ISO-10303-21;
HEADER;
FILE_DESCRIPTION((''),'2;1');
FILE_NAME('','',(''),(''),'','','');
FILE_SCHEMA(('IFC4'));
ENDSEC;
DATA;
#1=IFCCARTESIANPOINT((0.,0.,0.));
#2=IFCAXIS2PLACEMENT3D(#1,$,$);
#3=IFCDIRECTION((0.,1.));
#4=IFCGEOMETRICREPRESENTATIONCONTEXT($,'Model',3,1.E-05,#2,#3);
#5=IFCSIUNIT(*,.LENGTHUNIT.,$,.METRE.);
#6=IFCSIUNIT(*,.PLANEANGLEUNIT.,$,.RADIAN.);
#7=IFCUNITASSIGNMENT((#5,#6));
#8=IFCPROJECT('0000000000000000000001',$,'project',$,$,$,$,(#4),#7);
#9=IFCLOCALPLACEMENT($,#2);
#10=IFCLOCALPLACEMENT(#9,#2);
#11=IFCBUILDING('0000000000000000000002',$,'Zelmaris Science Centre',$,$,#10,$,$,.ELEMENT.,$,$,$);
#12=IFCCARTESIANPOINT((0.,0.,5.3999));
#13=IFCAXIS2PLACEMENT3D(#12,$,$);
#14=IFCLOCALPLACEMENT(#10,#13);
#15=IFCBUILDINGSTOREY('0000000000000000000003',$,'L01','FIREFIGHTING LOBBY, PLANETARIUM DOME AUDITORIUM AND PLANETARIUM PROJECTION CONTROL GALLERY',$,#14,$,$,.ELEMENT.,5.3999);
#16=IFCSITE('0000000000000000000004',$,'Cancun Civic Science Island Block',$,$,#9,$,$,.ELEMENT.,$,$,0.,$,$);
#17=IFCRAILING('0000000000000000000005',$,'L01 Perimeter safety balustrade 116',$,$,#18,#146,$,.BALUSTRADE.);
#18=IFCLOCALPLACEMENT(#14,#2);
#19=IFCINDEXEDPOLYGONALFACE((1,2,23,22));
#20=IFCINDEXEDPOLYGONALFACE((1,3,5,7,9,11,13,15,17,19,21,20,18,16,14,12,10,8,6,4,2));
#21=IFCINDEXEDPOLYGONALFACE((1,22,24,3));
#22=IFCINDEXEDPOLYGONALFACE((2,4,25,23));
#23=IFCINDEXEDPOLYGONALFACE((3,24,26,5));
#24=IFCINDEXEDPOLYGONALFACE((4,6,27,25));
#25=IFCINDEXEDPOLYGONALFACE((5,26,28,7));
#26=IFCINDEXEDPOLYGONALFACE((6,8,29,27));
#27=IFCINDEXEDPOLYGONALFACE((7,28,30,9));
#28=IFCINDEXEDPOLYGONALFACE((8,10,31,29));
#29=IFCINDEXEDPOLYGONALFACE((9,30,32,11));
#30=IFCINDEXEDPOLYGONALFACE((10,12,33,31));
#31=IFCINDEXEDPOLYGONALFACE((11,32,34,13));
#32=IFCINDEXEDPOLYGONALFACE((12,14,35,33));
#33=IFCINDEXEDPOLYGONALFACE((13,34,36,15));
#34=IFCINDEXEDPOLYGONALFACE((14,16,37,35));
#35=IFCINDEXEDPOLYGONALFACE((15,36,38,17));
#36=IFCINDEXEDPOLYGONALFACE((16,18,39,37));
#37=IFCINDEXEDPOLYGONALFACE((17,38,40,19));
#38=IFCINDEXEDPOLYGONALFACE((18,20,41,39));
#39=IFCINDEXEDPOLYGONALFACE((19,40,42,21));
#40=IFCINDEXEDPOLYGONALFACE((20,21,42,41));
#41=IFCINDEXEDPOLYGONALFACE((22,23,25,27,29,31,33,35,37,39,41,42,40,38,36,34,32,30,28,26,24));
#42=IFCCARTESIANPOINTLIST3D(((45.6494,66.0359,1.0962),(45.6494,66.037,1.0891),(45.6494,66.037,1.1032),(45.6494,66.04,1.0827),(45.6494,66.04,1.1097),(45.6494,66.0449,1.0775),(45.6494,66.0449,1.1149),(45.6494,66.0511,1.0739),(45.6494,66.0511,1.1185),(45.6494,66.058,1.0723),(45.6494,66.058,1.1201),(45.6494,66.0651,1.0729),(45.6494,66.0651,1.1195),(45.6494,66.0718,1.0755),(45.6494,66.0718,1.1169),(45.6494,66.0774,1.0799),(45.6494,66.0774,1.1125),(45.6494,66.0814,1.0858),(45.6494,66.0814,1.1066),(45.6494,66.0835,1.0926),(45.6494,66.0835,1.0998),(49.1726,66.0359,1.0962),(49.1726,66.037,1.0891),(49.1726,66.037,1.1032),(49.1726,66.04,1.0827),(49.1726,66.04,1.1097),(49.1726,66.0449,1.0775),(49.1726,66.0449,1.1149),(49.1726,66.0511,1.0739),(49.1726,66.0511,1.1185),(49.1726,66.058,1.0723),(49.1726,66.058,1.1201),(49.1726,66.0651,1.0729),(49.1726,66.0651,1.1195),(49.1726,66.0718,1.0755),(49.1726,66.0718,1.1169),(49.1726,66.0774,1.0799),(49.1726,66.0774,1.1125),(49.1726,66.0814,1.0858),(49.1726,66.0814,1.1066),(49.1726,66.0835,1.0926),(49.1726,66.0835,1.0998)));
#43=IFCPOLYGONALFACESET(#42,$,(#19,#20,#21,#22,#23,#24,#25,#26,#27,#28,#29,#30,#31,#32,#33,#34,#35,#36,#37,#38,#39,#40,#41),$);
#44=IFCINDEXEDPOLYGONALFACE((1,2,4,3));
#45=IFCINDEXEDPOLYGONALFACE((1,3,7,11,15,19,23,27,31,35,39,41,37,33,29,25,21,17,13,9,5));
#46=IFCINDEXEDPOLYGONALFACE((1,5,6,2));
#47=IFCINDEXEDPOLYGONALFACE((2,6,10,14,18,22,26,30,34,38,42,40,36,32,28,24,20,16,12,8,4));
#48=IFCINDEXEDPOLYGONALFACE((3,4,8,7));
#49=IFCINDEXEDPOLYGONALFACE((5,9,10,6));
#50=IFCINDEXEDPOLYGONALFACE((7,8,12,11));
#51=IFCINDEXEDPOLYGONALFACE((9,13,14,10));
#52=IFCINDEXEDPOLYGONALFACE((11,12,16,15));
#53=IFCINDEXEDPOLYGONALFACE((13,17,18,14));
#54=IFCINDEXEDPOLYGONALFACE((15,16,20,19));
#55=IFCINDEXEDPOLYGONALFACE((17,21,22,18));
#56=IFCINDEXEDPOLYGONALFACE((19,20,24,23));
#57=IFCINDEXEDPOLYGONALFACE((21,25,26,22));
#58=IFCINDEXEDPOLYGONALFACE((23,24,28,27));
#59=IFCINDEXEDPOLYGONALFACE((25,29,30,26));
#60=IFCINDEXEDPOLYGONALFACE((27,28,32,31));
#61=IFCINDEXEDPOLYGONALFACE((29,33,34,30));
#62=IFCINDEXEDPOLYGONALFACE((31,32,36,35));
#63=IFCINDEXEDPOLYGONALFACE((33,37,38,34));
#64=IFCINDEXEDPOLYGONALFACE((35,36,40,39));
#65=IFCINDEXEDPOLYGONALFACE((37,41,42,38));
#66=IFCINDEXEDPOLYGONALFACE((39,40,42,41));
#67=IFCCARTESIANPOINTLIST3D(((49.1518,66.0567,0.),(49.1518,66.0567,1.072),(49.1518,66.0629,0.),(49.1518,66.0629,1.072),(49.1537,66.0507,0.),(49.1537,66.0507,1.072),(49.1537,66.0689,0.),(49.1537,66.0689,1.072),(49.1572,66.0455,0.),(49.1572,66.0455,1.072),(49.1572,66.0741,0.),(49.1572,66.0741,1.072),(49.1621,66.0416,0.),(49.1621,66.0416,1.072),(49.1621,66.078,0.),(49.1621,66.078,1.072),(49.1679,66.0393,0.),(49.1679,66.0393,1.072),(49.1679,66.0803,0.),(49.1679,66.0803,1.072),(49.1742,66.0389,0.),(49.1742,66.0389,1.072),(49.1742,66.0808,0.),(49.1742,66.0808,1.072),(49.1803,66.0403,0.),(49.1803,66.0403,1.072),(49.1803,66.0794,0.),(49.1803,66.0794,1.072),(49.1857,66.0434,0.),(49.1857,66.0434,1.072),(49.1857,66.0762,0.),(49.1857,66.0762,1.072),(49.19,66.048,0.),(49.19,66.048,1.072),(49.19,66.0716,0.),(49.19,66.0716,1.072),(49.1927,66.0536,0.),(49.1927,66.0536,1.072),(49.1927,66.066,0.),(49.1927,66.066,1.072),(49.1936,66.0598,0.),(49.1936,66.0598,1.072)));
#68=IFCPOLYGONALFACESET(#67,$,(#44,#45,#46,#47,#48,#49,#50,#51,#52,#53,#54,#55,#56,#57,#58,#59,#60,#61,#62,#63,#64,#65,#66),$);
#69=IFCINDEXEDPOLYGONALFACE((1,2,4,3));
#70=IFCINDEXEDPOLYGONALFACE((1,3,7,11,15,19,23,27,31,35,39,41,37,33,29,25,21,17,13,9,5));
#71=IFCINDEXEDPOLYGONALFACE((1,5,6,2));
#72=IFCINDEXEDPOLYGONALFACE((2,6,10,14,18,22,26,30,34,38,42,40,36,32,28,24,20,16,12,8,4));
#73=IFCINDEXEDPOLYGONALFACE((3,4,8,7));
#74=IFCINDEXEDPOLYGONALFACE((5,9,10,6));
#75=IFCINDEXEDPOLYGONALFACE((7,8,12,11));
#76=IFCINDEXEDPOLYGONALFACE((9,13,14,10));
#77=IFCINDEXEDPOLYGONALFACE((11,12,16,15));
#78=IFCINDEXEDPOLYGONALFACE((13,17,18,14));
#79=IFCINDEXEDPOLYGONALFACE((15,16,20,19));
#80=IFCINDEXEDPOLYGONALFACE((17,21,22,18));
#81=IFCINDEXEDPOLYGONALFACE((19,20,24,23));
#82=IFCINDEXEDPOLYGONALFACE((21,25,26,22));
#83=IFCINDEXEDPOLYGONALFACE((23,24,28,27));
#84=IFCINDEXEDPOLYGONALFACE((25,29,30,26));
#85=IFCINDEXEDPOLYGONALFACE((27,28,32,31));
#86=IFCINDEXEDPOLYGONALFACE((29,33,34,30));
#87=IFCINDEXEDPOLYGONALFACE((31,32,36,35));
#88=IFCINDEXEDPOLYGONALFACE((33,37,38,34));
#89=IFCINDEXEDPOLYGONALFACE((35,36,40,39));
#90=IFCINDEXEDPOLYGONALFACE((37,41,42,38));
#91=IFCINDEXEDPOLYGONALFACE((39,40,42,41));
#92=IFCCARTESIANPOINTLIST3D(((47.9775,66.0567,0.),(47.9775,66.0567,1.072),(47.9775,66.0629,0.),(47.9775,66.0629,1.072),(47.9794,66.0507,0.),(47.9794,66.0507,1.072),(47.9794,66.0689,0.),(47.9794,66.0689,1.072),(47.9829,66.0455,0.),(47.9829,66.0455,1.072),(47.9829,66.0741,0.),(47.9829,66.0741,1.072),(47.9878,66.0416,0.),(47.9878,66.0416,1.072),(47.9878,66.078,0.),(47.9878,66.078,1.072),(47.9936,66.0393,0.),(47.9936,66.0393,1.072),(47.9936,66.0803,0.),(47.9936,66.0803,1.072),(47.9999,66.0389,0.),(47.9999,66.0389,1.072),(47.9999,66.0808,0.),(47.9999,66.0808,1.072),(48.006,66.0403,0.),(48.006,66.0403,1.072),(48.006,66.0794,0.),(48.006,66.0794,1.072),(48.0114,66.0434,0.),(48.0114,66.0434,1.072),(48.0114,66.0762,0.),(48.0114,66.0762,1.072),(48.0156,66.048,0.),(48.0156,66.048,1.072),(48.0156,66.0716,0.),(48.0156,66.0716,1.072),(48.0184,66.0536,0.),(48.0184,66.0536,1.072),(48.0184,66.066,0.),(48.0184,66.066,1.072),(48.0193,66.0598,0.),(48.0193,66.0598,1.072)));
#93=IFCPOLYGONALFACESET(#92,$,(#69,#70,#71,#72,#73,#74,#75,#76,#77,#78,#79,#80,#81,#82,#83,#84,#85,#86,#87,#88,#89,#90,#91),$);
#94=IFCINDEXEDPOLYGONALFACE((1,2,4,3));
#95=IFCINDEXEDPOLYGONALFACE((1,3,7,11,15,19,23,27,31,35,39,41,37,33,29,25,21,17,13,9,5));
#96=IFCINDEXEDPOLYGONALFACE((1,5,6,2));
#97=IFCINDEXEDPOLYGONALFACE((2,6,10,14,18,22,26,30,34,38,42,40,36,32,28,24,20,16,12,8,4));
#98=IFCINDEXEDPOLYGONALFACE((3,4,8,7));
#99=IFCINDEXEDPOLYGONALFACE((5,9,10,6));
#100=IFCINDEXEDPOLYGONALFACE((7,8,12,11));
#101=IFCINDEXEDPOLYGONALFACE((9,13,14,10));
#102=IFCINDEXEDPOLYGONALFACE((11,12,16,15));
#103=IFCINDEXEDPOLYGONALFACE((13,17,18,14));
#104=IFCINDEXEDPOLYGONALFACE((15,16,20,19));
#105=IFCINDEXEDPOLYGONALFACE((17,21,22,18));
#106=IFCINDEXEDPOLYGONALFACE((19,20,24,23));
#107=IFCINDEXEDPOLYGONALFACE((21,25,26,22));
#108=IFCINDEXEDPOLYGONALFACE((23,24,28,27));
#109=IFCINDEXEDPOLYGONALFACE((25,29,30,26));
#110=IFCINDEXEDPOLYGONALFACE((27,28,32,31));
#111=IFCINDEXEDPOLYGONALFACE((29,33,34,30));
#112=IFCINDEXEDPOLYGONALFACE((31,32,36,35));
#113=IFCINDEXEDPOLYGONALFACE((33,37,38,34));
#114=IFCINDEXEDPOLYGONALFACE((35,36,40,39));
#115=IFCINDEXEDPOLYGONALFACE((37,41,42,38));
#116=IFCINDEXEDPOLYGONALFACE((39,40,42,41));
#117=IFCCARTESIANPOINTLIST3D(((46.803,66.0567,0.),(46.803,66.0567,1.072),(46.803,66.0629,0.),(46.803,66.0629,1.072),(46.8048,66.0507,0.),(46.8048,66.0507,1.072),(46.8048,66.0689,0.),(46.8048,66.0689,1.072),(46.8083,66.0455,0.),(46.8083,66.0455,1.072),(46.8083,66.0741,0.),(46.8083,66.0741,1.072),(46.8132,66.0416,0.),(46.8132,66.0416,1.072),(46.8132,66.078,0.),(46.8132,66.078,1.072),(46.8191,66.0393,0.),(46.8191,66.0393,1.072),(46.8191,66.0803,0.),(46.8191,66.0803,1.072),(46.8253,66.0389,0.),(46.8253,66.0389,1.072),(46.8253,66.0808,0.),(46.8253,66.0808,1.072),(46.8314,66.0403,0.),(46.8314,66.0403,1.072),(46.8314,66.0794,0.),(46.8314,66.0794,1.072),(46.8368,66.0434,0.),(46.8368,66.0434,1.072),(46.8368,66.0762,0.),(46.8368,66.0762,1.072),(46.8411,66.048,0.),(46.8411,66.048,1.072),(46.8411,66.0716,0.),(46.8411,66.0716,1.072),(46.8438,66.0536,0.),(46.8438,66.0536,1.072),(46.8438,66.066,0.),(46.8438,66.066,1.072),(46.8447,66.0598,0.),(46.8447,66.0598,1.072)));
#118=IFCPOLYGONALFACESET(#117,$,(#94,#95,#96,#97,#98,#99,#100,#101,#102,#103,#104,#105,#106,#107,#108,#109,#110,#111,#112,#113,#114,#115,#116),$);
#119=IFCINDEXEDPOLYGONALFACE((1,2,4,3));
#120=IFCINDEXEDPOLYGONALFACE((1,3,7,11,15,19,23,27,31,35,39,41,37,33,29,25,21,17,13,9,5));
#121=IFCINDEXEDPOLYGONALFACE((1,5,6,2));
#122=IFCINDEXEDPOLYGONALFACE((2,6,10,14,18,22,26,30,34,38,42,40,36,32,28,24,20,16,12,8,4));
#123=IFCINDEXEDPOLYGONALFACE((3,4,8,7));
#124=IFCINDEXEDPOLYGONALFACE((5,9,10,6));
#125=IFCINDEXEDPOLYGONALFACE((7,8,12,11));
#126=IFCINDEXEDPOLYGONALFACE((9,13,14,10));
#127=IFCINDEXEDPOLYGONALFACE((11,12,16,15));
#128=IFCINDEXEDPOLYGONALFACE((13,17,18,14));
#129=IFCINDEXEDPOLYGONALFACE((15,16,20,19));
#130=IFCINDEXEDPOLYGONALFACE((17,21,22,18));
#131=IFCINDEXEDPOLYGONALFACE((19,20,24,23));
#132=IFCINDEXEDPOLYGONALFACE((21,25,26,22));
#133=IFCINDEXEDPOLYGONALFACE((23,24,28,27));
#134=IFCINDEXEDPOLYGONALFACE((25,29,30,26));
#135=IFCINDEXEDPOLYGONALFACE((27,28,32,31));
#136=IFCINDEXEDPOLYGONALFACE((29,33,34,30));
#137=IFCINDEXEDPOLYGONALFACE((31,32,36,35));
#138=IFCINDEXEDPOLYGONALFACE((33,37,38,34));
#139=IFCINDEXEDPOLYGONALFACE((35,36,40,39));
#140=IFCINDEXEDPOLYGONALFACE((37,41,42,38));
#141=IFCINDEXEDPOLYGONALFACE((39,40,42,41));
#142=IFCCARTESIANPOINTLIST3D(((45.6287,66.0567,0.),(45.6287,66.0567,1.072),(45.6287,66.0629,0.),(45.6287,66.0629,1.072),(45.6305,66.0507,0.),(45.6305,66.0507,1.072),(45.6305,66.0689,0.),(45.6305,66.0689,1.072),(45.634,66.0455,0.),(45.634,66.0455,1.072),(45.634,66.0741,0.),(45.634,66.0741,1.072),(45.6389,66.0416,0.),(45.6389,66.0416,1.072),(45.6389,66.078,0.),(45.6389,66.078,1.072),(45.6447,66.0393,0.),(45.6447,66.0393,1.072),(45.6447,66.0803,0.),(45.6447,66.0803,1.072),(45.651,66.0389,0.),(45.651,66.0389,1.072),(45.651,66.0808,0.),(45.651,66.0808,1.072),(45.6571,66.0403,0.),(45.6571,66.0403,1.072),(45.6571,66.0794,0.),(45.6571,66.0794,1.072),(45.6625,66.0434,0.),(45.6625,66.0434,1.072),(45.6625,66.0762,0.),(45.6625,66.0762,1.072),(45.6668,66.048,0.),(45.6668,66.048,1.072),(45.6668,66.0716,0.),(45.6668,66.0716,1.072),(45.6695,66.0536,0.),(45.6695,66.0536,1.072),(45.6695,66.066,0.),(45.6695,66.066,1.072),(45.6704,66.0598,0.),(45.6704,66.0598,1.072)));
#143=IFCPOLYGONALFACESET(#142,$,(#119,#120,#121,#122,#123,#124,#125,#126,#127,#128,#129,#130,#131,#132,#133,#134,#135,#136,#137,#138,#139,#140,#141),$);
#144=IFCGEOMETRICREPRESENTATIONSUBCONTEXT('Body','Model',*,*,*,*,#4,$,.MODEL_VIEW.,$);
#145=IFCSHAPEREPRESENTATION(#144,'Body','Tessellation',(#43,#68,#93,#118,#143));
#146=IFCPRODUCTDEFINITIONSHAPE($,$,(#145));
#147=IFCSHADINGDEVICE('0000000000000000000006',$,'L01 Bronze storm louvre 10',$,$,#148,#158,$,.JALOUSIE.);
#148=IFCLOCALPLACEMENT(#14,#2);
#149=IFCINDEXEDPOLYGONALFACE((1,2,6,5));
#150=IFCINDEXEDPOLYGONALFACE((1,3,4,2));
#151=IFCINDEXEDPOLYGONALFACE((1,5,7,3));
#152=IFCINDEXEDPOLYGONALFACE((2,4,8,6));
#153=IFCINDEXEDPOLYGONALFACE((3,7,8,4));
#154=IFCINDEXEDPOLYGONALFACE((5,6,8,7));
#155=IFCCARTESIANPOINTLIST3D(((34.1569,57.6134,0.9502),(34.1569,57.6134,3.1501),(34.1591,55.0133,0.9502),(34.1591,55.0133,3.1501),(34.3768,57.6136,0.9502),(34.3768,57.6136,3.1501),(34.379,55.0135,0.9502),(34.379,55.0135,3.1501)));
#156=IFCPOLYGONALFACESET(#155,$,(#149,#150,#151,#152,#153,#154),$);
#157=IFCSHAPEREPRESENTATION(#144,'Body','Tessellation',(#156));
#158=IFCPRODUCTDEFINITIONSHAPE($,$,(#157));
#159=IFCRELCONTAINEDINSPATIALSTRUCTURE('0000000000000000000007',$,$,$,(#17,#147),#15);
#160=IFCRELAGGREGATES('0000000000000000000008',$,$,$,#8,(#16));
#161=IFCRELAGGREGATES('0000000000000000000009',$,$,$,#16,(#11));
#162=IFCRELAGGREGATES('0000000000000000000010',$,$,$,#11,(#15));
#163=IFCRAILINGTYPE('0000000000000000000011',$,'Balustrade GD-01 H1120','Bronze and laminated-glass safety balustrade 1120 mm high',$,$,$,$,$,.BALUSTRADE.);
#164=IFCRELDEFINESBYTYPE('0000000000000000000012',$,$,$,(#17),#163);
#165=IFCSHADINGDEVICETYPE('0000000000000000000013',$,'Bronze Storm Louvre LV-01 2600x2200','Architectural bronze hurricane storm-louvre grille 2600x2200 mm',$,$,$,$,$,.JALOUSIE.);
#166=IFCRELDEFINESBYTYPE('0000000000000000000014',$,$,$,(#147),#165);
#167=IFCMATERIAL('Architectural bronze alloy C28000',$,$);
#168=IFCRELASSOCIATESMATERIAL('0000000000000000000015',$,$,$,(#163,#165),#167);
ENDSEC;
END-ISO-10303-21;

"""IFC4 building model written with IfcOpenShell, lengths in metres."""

from ifc_helpers import new_model, si_unit, direction, frame, frame_2d, origin, origin_2d, place, context, subcontext, project, spatial, rectangle, circle, extrude, material, type_object, element, save


model = new_model("IFC4")

# Units and contexts
model_context = context("Model", 3, precision=1e-05, world=origin(), true_north=direction((0.0, 1.0)))
body_context = subcontext(model_context, "Body", "Model", "MODEL_VIEW")
ifc_project = project(units=[si_unit("LENGTHUNIT", "METRE"), si_unit("PLANEANGLEUNIT", "RADIAN")], contexts=[model_context])

# Site, building, storey
site_placement = place(None, origin())
site = spatial("IfcSite", under=ifc_project, at=site_placement, Name="Cancun Civic Science Island Block", CompositionType="ELEMENT", RefElevation=0.0)
building_placement = place(site_placement, origin())
building = spatial("IfcBuilding", under=site, at=building_placement, Name="Zelmaris Science Centre", CompositionType="ELEMENT")
storey_placement = place(building_placement, frame((0.0, 0.0, 5.3999)))
storey = spatial("IfcBuildingStorey", under=building, at=storey_placement, Name="L01", Description="FIREFIGHTING LOBBY, PLANETARIUM DOME AUDITORIUM AND PLANETARIUM PROJECTION CONTROL GALLERY", CompositionType="ELEMENT", Elevation=5.3999)

# Railing
ifc_material_1 = material(Name="Architectural bronze alloy C28000")
railing_type = type_object("IfcRailingType", Name="Balustrade GD-01 H1120", Description="Bronze and laminated-glass safety balustrade 1120 mm high", PredefinedType="BALUSTRADE", material=ifc_material_1)
railing_1_placement = place(storey_placement, frame((49.1726, 66.0598, 0.0)))
element("IfcRailing", 1, at=railing_1_placement, inside=storey, type_object=railing_type, Name="L01 Perimeter safety balustrade 116", PredefinedType="BALUSTRADE", context=body_context, shape_type="SweptSolid", body=[
    extrude(circle(Radius=0.0239, at=origin_2d()), frame((0.0, 0.0, 1.0962), z_axis=(-1.0, 0.0, 0.0), x_axis=(0.0, -1.0, 0.0)), (0.0, 0.0, 1.0), 3.5232),
    extrude(circle(Radius=0.021, at=origin_2d()), origin(), (0.0, 0.0, 1.0), 1.072),
    extrude(circle(Radius=0.021, at=origin_2d()), frame((-1.1743, 0.0, 0.0)), (0.0, 0.0, 1.0), 1.072),
    extrude(circle(Radius=0.021, at=origin_2d()), frame((-2.3489, 0.0, 0.0)), (0.0, 0.0, 1.0), 1.072),
    extrude(circle(Radius=0.021, at=origin_2d()), frame((-3.5232, 0.0, 0.0)), (0.0, 0.0, 1.0), 1.072),
])

# Shading device
shading_device_type = type_object("IfcShadingDeviceType", Name="Bronze Storm Louvre LV-01 2600x2200", Description="Architectural bronze hurricane storm-louvre grille 2600x2200 mm", PredefinedType="JALOUSIE", material=ifc_material_1)
shading_device_placement = place(storey_placement, frame((34.2668, 57.6135, 0.9502), z_axis=(0.0, 0.0, 1.0), x_axis=(0.000845, -1.0, 0.0)))
element("IfcShadingDevice", 2, at=shading_device_placement, inside=storey, type_object=shading_device_type, Name="L01 Bronze storm louvre 10", PredefinedType="JALOUSIE", context=body_context, shape_type="SweptSolid", body=[
    extrude(rectangle(XDim=2.6001, YDim=0.22, at=frame_2d((1.3, 0.0))), origin(), (0.0, 0.0, 1.0), 2.2),
])

save(model, "model.ifc")
